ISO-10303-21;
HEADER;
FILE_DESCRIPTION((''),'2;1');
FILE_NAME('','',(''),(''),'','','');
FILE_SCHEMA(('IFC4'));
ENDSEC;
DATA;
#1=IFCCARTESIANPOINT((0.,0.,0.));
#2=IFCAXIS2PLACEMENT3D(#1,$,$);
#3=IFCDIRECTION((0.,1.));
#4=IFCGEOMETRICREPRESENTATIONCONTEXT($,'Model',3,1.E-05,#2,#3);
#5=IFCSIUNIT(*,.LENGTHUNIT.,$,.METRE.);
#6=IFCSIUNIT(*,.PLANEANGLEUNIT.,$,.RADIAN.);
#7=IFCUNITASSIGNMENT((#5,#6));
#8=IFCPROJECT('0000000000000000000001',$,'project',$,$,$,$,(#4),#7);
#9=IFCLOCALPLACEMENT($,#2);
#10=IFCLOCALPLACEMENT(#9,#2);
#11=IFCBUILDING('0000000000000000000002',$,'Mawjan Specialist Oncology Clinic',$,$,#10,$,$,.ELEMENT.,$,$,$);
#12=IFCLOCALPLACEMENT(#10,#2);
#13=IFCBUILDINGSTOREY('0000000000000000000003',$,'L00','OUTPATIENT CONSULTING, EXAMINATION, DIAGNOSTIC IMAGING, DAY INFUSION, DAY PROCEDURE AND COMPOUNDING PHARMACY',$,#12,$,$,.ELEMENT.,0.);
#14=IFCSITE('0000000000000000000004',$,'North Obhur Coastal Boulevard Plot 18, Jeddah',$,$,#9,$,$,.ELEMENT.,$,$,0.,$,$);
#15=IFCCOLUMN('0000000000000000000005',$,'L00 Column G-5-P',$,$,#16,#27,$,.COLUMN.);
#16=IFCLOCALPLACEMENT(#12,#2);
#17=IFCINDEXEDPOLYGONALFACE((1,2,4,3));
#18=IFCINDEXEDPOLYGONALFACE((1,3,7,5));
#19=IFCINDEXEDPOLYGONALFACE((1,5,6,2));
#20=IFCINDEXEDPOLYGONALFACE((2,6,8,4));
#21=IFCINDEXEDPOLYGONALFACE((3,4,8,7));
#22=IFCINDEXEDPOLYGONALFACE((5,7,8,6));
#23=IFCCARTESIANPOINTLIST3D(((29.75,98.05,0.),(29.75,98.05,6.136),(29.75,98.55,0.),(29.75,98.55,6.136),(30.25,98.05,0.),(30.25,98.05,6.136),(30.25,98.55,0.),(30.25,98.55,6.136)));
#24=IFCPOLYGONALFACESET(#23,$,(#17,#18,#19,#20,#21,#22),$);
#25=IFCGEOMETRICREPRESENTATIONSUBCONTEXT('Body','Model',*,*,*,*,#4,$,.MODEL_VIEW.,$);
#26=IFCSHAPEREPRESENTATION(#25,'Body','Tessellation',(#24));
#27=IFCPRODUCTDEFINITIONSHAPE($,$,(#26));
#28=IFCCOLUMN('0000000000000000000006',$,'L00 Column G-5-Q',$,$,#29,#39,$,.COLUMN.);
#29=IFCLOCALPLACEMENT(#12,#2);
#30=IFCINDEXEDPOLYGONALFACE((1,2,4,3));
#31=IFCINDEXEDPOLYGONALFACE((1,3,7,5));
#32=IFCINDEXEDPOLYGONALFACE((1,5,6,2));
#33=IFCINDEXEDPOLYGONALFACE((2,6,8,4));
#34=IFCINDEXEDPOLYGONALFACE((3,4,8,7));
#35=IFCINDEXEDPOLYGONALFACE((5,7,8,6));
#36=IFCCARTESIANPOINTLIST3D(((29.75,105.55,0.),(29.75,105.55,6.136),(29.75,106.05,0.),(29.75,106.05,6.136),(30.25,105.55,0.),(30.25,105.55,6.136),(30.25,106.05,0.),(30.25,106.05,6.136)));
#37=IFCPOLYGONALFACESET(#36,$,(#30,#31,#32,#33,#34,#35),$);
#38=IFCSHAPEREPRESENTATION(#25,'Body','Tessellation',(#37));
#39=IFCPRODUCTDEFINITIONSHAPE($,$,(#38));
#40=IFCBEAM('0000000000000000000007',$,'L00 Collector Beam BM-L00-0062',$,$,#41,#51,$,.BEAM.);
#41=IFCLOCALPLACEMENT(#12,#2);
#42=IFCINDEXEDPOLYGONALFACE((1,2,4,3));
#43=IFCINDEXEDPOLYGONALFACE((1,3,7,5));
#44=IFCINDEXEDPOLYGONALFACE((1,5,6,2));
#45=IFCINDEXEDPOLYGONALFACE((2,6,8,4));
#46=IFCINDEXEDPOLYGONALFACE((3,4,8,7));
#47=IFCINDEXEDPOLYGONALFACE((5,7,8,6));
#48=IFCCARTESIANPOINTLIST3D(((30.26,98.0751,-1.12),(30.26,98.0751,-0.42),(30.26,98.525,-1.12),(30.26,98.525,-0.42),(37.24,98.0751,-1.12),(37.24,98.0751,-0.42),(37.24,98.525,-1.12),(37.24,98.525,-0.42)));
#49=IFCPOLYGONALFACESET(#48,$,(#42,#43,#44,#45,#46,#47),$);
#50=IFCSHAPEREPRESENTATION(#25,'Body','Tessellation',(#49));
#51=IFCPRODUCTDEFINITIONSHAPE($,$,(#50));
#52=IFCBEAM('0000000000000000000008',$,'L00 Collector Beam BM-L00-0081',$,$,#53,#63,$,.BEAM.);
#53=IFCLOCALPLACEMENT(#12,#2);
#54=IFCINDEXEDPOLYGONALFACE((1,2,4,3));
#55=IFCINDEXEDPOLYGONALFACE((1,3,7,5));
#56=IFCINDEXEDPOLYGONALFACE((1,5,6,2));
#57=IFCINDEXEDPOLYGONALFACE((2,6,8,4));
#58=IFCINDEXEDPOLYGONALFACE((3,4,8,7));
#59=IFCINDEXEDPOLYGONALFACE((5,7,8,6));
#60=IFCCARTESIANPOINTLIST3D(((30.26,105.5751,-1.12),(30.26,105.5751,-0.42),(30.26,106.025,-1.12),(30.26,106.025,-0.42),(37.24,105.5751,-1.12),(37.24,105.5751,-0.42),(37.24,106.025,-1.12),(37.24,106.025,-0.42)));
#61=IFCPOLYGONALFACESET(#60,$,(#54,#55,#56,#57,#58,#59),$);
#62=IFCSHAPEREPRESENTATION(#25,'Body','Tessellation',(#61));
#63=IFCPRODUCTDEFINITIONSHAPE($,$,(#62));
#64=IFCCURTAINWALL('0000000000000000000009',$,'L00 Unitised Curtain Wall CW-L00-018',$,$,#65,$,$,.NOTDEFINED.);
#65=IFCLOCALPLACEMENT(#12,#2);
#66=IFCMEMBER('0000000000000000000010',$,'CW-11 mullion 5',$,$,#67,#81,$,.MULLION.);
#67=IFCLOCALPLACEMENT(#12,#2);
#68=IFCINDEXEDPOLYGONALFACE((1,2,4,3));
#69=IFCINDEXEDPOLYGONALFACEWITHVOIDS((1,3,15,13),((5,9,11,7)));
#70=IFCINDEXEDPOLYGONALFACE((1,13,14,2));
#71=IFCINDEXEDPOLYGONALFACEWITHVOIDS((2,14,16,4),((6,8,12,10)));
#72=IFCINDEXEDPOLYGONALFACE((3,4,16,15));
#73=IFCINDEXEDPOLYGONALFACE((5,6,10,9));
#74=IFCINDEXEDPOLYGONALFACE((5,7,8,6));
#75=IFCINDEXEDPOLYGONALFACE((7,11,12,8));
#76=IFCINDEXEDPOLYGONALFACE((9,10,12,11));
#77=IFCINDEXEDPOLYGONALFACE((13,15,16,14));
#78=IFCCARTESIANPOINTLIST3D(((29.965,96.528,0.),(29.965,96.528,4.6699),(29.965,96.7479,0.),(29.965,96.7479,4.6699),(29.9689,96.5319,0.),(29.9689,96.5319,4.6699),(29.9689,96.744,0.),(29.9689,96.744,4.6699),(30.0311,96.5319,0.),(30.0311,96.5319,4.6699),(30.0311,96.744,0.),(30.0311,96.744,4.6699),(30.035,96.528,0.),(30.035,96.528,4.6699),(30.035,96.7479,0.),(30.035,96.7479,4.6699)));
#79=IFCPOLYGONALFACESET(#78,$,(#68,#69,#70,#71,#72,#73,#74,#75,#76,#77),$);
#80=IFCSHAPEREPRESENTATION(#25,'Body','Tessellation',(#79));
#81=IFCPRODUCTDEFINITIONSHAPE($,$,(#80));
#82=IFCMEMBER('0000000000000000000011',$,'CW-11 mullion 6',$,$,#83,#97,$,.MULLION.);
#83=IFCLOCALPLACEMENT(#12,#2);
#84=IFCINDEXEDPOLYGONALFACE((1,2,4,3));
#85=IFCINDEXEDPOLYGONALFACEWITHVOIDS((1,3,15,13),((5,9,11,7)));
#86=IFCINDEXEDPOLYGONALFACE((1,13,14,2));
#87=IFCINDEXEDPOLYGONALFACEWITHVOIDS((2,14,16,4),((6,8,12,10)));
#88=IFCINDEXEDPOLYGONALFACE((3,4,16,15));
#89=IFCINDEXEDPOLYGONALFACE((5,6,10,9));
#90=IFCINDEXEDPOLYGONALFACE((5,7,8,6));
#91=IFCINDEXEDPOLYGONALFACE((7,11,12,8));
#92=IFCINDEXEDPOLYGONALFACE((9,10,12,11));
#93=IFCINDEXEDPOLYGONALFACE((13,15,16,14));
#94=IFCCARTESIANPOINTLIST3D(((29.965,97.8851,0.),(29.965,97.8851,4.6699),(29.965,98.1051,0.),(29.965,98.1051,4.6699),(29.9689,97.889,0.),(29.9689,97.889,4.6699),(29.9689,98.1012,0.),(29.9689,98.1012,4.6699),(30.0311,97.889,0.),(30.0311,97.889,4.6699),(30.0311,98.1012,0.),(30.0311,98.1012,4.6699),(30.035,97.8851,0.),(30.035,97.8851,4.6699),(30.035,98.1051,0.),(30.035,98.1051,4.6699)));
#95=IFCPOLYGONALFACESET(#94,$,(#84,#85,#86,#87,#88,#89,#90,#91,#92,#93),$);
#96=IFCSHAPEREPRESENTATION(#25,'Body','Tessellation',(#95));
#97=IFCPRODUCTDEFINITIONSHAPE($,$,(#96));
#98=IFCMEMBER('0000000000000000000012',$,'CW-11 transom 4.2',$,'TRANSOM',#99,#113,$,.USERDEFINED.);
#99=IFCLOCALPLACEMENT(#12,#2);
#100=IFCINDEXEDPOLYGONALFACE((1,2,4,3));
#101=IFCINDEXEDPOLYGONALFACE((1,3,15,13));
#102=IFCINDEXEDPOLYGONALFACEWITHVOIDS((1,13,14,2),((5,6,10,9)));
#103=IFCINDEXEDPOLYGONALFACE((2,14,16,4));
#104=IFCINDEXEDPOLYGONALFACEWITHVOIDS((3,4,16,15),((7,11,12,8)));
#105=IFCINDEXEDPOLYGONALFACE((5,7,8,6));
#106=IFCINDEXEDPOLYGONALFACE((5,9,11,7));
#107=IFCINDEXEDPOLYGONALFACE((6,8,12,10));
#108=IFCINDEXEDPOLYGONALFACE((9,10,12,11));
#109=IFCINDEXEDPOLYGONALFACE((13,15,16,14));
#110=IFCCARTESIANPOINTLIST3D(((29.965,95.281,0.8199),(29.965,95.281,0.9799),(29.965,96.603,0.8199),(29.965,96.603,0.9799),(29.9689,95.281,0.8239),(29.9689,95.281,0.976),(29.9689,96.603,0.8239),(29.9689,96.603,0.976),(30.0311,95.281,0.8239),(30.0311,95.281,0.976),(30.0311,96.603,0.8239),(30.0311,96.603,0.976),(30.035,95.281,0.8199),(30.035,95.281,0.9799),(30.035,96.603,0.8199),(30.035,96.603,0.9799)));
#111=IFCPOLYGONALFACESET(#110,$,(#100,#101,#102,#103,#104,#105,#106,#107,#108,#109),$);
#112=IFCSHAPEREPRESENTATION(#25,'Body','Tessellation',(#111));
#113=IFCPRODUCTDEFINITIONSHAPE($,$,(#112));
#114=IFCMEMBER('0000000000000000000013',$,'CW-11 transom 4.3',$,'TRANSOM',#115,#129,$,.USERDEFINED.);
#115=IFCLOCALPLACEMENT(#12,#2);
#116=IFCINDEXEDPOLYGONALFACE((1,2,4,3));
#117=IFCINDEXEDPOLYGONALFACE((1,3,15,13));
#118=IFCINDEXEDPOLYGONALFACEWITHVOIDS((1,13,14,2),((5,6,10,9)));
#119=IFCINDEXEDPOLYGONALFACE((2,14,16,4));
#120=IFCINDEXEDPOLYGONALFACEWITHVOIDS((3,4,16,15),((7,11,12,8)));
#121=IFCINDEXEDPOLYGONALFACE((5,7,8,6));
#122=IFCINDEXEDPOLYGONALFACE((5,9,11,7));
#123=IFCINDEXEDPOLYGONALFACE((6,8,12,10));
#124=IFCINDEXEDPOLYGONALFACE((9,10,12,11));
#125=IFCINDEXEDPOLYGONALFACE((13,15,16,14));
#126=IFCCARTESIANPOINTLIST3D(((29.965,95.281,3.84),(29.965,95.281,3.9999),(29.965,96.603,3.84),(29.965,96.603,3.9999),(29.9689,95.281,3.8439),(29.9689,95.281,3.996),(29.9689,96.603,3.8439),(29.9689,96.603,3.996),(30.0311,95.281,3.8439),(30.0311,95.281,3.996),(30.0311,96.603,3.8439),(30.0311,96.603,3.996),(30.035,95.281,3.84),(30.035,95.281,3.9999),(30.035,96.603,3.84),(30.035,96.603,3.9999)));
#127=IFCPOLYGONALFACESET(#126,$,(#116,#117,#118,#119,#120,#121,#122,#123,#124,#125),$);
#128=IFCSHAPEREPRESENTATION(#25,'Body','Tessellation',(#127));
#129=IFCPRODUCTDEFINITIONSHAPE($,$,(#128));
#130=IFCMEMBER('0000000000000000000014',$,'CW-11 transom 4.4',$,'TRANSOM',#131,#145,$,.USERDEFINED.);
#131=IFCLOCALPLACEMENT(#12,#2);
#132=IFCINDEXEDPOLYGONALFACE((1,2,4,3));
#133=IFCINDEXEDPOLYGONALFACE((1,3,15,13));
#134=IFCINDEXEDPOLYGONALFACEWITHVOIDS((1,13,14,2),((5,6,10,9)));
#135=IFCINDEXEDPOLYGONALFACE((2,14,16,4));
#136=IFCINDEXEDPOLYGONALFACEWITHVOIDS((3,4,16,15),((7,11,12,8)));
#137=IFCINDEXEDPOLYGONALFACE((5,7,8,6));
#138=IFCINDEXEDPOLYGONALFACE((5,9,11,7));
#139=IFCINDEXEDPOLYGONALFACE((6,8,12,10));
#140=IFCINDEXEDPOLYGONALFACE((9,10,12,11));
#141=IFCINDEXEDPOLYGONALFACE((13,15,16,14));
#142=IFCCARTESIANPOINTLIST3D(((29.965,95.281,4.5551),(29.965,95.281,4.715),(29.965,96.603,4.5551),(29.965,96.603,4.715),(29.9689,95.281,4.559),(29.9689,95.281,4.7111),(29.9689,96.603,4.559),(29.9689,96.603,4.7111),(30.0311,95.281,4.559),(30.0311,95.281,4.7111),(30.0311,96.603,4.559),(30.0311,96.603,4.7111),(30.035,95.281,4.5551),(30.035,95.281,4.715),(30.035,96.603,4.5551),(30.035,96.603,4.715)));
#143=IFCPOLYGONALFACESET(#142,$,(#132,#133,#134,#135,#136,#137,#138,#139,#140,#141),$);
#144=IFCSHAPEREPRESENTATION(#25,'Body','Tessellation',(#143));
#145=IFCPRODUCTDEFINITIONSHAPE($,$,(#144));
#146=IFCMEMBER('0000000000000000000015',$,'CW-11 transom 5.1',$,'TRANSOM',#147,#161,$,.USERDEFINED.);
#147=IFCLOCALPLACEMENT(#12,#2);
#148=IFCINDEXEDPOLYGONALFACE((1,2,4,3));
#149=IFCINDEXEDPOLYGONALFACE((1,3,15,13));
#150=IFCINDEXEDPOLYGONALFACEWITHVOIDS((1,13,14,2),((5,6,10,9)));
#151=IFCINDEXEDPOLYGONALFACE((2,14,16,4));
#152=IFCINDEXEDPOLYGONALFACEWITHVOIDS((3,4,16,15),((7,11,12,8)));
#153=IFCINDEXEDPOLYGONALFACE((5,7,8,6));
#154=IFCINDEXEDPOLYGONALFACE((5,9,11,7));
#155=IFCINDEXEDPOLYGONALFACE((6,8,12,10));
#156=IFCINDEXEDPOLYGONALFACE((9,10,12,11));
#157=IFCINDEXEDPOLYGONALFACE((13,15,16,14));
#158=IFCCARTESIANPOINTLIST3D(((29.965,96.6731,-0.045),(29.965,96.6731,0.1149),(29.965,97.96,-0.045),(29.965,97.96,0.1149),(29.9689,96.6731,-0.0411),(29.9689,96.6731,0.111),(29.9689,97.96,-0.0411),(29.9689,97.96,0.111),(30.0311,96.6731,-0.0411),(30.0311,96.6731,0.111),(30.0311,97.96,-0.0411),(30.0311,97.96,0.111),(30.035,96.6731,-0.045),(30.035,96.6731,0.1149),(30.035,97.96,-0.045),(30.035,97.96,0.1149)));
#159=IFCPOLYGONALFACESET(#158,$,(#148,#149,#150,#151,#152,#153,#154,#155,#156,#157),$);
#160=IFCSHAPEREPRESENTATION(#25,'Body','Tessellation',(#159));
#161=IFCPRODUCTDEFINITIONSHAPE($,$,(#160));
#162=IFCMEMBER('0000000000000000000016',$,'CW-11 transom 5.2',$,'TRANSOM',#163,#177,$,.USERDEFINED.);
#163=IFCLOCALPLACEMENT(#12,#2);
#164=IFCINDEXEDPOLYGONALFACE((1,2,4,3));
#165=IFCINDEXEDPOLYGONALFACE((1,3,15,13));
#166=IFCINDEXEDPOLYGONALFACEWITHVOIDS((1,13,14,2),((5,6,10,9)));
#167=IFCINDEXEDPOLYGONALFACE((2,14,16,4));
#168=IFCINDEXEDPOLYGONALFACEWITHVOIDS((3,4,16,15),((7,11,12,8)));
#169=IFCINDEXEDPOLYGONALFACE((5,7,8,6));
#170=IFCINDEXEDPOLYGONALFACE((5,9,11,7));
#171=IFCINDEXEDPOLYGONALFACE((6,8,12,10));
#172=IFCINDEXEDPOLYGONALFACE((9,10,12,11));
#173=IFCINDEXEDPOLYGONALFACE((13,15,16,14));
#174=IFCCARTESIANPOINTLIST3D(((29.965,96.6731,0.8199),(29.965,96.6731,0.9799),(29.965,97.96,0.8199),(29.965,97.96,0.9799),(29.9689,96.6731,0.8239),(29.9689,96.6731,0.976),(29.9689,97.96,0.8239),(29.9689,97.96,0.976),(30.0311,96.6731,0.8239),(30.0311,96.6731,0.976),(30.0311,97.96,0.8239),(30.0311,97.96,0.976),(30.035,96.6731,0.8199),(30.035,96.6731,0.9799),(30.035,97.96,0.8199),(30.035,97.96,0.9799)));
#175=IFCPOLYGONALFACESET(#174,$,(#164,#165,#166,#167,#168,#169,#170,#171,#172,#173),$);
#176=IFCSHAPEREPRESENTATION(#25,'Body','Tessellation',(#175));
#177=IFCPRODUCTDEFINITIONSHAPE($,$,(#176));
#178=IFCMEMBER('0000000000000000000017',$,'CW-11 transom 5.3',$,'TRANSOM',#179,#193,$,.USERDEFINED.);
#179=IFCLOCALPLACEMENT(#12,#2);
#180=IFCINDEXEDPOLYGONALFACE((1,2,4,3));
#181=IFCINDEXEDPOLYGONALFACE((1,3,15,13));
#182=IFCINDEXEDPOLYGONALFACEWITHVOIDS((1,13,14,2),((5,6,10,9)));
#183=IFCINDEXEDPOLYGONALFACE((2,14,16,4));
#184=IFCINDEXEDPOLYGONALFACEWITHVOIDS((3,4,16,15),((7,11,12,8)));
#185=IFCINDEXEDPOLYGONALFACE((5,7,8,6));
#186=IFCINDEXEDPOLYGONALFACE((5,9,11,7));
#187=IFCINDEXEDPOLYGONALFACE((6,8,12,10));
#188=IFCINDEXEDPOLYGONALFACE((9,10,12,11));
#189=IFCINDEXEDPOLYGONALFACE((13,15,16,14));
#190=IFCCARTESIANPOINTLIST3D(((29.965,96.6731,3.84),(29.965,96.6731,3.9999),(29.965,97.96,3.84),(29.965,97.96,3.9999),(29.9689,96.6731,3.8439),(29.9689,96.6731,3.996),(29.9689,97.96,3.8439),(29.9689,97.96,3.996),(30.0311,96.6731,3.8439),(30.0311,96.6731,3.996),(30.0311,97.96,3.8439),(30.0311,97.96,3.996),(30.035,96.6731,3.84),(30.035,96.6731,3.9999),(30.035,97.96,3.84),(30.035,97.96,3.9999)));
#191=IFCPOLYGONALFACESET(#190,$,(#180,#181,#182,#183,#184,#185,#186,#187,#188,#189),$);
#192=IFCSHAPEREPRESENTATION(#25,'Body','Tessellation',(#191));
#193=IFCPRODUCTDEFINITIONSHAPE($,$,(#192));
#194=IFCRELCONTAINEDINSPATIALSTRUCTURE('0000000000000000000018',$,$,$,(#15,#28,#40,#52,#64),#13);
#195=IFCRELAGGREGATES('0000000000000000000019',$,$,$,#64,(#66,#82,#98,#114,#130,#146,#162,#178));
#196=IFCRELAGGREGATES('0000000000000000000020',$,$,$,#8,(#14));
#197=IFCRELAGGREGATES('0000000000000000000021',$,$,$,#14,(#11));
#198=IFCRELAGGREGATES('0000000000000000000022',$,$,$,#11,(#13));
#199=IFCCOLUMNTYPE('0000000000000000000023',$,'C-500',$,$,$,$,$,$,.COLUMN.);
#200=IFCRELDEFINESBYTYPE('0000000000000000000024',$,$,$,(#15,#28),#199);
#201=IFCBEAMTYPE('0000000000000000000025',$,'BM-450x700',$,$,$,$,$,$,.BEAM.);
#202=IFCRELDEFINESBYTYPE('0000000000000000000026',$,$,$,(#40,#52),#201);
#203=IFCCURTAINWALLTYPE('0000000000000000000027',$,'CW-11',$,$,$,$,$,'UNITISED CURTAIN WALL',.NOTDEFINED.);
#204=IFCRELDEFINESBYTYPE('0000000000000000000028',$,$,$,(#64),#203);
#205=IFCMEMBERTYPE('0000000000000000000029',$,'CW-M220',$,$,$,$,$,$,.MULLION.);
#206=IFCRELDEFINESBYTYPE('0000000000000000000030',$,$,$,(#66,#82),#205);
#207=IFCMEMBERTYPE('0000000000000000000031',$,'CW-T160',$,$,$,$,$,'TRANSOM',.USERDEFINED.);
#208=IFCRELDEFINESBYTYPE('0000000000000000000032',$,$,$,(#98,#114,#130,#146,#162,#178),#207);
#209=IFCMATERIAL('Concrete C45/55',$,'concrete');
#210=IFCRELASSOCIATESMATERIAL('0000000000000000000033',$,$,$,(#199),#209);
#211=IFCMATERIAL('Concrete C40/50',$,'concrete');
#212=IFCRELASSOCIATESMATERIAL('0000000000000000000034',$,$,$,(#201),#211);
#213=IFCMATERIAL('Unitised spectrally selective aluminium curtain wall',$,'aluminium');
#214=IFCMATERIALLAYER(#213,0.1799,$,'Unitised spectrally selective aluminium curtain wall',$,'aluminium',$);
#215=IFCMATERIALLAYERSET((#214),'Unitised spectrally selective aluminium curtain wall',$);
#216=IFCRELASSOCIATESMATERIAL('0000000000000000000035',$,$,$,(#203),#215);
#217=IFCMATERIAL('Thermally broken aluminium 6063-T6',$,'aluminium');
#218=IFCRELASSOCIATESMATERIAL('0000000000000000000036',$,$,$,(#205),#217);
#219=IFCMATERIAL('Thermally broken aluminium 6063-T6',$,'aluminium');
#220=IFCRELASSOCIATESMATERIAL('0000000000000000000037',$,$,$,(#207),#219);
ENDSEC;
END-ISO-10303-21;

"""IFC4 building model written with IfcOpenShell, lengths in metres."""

from ifc_helpers import new_model, si_unit, direction, frame, origin, origin_2d, place, context, subcontext, project, spatial, rectangle, hollow_rectangle, extrude, material, layer, layer_set, material_profile, profile_set, type_object, element, aggregate, save


model = new_model("IFC4")

# Units and contexts
model_context = context("Model", 3, precision=1e-05, world=origin(), true_north=direction((0.0, 1.0)))
body_context = subcontext(model_context, "Body", "Model", "MODEL_VIEW")
ifc_project = project(units=[si_unit("LENGTHUNIT", "METRE"), si_unit("PLANEANGLEUNIT", "RADIAN")], contexts=[model_context])

# Site, building, storey
site_placement = place(None, origin())
site = spatial("IfcSite", under=ifc_project, at=site_placement, Name="North Obhur Coastal Boulevard Plot 18, Jeddah", CompositionType="ELEMENT", RefElevation=0.0)
building_placement = place(site_placement, origin())
building = spatial("IfcBuilding", under=site, at=building_placement, Name="Mawjan Specialist Oncology Clinic", CompositionType="ELEMENT")
storey_placement = place(building_placement, origin())
storey = spatial("IfcBuildingStorey", under=building, at=storey_placement, Name="L00", Description="OUTPATIENT CONSULTING, EXAMINATION, DIAGNOSTIC IMAGING, DAY INFUSION, DAY PROCEDURE AND COMPOUNDING PHARMACY", CompositionType="ELEMENT", Elevation=0.0)

# Columns
ifc_material_1 = material(Name="Concrete C45/55", Category="concrete")
ifc_material_profile_1 = material_profile(ifc_material_1, rectangle(XDim=0.5, YDim=0.5, at=origin_2d()), Name="RC COL 500x500", Category="concrete")
ifc_profile_set_1 = profile_set([ifc_material_profile_1], Name="Concrete C45/55")
column_type = type_object("IfcColumnType", Name="C-500", PredefinedType="COLUMN", material=ifc_profile_set_1)
for number, where, z_axis, x_axis, name in (
    (1, (30.0, 98.3, 0.0), (0.0, 0.0, 1.0), (1.0, 0.0, 0.0), "L00 Column G-5-P"),
    (2, (30.0, 105.8, 0.0), (0.0, 0.0, 1.0), (1.0, 0.0, 0.0), "L00 Column G-5-Q"),
):
    element("IfcColumn", number, at=place(storey_placement, frame(where, z_axis=z_axis, x_axis=x_axis)), inside=storey, type_object=column_type, Name=name, PredefinedType="COLUMN", context=body_context, shape_type="SweptSolid", body=[
        extrude(rectangle(XDim=0.5, YDim=0.5, at=origin_2d()), origin(), (0.0, 0.0, 1.0), 6.136),
    ])

# Beams
ifc_material_2 = material(Name="Concrete C40/50", Category="concrete")
ifc_material_profile_2 = material_profile(ifc_material_2, rectangle(XDim=0.45, YDim=0.7, at=origin_2d()), Name="RC BM 450x700", Category="concrete")
ifc_profile_set_2 = profile_set([ifc_material_profile_2], Name="Concrete C40/50")
beam_type_1 = type_object("IfcBeamType", Name="BM-450x700", PredefinedType="BEAM", material=ifc_profile_set_2)
for number, where, z_axis, x_axis, name in (
    (3, (30.26, 98.3, -0.77), (1.0, 0.0, 0.0), (0.0, 1.0, 0.0), "L00 Collector Beam BM-L00-0062"),
    (4, (30.26, 105.8, -0.77), (1.0, 0.0, 0.0), (0.0, 1.0, 0.0), "L00 Collector Beam BM-L00-0081"),
):
    element("IfcBeam", number, at=place(storey_placement, frame(where, z_axis=z_axis, x_axis=x_axis)), inside=storey, type_object=beam_type_1, Name=name, PredefinedType="BEAM", context=body_context, shape_type="SweptSolid", body=[
        extrude(rectangle(XDim=0.45, YDim=0.7, at=origin_2d()), origin(), (0.0, 0.0, 1.0), 6.98),
    ])

# Curtain wall, members
ifc_material_3 = material(Name="Unitised spectrally selective aluminium curtain wall", Category="aluminium")
ifc_layer_1 = layer(ifc_material_3, 0.1799, Name="Unitised spectrally selective aluminium curtain wall", Category="aluminium")
ifc_layer_set_1 = layer_set([ifc_layer_1], Name="Unitised spectrally selective aluminium curtain wall")
curtain_wall_type = type_object("IfcCurtainWallType", Name="CW-11", ElementType="UNITISED CURTAIN WALL", PredefinedType="NOTDEFINED", material=ifc_layer_set_1)
curtain_wall_placement = place(storey_placement, origin())
curtain_wall = element("IfcCurtainWall", 5, at=curtain_wall_placement, inside=storey, type_object=curtain_wall_type, Name="L00 Unitised Curtain Wall CW-L00-018", PredefinedType="NOTDEFINED")
ifc_material_4 = material(Name="Thermally broken aluminium 6063-T6", Category="aluminium")
ifc_material_profile_3 = material_profile(ifc_material_4, hollow_rectangle(XDim=0.0701, YDim=0.22, WallThickness=0.0039, at=origin_2d()), Name="ALU MULLION 220x70x4", Category="aluminium")
ifc_profile_set_3 = profile_set([ifc_material_profile_3], Name="Thermally broken aluminium 6063-T6")
member_type_1 = type_object("IfcMemberType", Name="CW-M220", PredefinedType="MULLION", material=ifc_profile_set_3)
member_1_placement = place(storey_placement, frame((30.0, 96.6379, 0.0), z_axis=(0.0, 0.0, 1.0), x_axis=(-1.0, 0.0, 0.0)))
member_1 = element("IfcMember", 6, at=member_1_placement, type_object=member_type_1, Name="CW-11 mullion 5", PredefinedType="MULLION", context=body_context, shape_type="SweptSolid", body=[
    extrude(hollow_rectangle(XDim=0.0701, YDim=0.22, WallThickness=0.0039, at=origin_2d()), origin(), (0.0, 0.0, 1.0), 4.6699),
])
member_2_placement = place(storey_placement, frame((30.0, 97.9951, 0.0), z_axis=(0.0, 0.0, 1.0), x_axis=(-1.0, 0.0, 0.0)))
member_2 = element("IfcMember", 7, at=member_2_placement, type_object=member_type_1, Name="CW-11 mullion 6", PredefinedType="MULLION", context=body_context, shape_type="SweptSolid", body=[
    extrude(hollow_rectangle(XDim=0.0701, YDim=0.22, WallThickness=0.0039, at=origin_2d()), origin(), (0.0, 0.0, 1.0), 4.6699),
])
ifc_material_5 = material(Name="Thermally broken aluminium 6063-T6", Category="aluminium")
ifc_material_profile_4 = material_profile(ifc_material_5, hollow_rectangle(XDim=0.0701, YDim=0.1599, WallThickness=0.0039, at=origin_2d()), Name="ALU TRANSOM 160x70x4", Category="aluminium")
ifc_profile_set_4 = profile_set([ifc_material_profile_4], Name="Thermally broken aluminium 6063-T6")
member_type_2 = type_object("IfcMemberType", Name="CW-T160", ElementType="TRANSOM", PredefinedType="USERDEFINED", material=ifc_profile_set_4)
member_3_placement = place(storey_placement, frame((30.0, 95.281, 0.8999), z_axis=(0.0, 1.0, 0.0), x_axis=(-1.0, 0.0, 0.0)))
member_3 = element("IfcMember", 8, at=member_3_placement, type_object=member_type_2, Name="CW-11 transom 4.2", ObjectType="TRANSOM", PredefinedType="USERDEFINED", context=body_context, shape_type="SweptSolid", body=[
    extrude(hollow_rectangle(XDim=0.0701, YDim=0.1599, WallThickness=0.0039, at=origin_2d()), origin(), (0.0, 0.0, 1.0), 1.322),
])
member_4_placement = place(storey_placement, frame((30.0, 95.281, 3.9199), z_axis=(0.0, 1.0, 0.0), x_axis=(-1.0, 0.0, 0.0)))
member_4 = element("IfcMember", 9, at=member_4_placement, type_object=member_type_2, Name="CW-11 transom 4.3", ObjectType="TRANSOM", PredefinedType="USERDEFINED", context=body_context, shape_type="SweptSolid", body=[
    extrude(hollow_rectangle(XDim=0.0701, YDim=0.1599, WallThickness=0.0039, at=origin_2d()), origin(), (0.0, 0.0, 1.0), 1.322),
])
member_5_placement = place(storey_placement, frame((30.0, 95.281, 4.635), z_axis=(0.0, 1.0, 0.0), x_axis=(-1.0, 0.0, 0.0)))
member_5 = element("IfcMember", 10, at=member_5_placement, type_object=member_type_2, Name="CW-11 transom 4.4", ObjectType="TRANSOM", PredefinedType="USERDEFINED", context=body_context, shape_type="SweptSolid", body=[
    extrude(hollow_rectangle(XDim=0.0701, YDim=0.1599, WallThickness=0.0039, at=origin_2d()), origin(), (0.0, 0.0, 1.0), 1.322),
])
member_6_placement = place(storey_placement, frame((30.0, 96.6731, 0.0349), z_axis=(0.0, 1.0, 0.0), x_axis=(-1.0, 0.0, 0.0)))
member_6 = element("IfcMember", 11, at=member_6_placement, type_object=member_type_2, Name="CW-11 transom 5.1", ObjectType="TRANSOM", PredefinedType="USERDEFINED", context=body_context, shape_type="SweptSolid", body=[
    extrude(hollow_rectangle(XDim=0.0701, YDim=0.1599, WallThickness=0.0039, at=origin_2d()), origin(), (0.0, 0.0, 1.0), 1.2869),
])
member_7_placement = place(storey_placement, frame((30.0, 96.6731, 0.8999), z_axis=(0.0, 1.0, 0.0), x_axis=(-1.0, 0.0, 0.0)))
member_7 = element("IfcMember", 12, at=member_7_placement, type_object=member_type_2, Name="CW-11 transom 5.2", ObjectType="TRANSOM", PredefinedType="USERDEFINED", context=body_context, shape_type="SweptSolid", body=[
    extrude(hollow_rectangle(XDim=0.0701, YDim=0.1599, WallThickness=0.0039, at=origin_2d()), origin(), (0.0, 0.0, 1.0), 1.2869),
])
member_8_placement = place(storey_placement, frame((30.0, 96.6731, 3.9199), z_axis=(0.0, 1.0, 0.0), x_axis=(-1.0, 0.0, 0.0)))
member_8 = element("IfcMember", 13, at=member_8_placement, type_object=member_type_2, Name="CW-11 transom 5.3", ObjectType="TRANSOM", PredefinedType="USERDEFINED", context=body_context, shape_type="SweptSolid", body=[
    extrude(hollow_rectangle(XDim=0.0701, YDim=0.1599, WallThickness=0.0039, at=origin_2d()), origin(), (0.0, 0.0, 1.0), 1.2869),
])

aggregate(curtain_wall, [member_1, member_2, member_3, member_4, member_5, member_6, member_7, member_8])

save(model, "model.ifc")
